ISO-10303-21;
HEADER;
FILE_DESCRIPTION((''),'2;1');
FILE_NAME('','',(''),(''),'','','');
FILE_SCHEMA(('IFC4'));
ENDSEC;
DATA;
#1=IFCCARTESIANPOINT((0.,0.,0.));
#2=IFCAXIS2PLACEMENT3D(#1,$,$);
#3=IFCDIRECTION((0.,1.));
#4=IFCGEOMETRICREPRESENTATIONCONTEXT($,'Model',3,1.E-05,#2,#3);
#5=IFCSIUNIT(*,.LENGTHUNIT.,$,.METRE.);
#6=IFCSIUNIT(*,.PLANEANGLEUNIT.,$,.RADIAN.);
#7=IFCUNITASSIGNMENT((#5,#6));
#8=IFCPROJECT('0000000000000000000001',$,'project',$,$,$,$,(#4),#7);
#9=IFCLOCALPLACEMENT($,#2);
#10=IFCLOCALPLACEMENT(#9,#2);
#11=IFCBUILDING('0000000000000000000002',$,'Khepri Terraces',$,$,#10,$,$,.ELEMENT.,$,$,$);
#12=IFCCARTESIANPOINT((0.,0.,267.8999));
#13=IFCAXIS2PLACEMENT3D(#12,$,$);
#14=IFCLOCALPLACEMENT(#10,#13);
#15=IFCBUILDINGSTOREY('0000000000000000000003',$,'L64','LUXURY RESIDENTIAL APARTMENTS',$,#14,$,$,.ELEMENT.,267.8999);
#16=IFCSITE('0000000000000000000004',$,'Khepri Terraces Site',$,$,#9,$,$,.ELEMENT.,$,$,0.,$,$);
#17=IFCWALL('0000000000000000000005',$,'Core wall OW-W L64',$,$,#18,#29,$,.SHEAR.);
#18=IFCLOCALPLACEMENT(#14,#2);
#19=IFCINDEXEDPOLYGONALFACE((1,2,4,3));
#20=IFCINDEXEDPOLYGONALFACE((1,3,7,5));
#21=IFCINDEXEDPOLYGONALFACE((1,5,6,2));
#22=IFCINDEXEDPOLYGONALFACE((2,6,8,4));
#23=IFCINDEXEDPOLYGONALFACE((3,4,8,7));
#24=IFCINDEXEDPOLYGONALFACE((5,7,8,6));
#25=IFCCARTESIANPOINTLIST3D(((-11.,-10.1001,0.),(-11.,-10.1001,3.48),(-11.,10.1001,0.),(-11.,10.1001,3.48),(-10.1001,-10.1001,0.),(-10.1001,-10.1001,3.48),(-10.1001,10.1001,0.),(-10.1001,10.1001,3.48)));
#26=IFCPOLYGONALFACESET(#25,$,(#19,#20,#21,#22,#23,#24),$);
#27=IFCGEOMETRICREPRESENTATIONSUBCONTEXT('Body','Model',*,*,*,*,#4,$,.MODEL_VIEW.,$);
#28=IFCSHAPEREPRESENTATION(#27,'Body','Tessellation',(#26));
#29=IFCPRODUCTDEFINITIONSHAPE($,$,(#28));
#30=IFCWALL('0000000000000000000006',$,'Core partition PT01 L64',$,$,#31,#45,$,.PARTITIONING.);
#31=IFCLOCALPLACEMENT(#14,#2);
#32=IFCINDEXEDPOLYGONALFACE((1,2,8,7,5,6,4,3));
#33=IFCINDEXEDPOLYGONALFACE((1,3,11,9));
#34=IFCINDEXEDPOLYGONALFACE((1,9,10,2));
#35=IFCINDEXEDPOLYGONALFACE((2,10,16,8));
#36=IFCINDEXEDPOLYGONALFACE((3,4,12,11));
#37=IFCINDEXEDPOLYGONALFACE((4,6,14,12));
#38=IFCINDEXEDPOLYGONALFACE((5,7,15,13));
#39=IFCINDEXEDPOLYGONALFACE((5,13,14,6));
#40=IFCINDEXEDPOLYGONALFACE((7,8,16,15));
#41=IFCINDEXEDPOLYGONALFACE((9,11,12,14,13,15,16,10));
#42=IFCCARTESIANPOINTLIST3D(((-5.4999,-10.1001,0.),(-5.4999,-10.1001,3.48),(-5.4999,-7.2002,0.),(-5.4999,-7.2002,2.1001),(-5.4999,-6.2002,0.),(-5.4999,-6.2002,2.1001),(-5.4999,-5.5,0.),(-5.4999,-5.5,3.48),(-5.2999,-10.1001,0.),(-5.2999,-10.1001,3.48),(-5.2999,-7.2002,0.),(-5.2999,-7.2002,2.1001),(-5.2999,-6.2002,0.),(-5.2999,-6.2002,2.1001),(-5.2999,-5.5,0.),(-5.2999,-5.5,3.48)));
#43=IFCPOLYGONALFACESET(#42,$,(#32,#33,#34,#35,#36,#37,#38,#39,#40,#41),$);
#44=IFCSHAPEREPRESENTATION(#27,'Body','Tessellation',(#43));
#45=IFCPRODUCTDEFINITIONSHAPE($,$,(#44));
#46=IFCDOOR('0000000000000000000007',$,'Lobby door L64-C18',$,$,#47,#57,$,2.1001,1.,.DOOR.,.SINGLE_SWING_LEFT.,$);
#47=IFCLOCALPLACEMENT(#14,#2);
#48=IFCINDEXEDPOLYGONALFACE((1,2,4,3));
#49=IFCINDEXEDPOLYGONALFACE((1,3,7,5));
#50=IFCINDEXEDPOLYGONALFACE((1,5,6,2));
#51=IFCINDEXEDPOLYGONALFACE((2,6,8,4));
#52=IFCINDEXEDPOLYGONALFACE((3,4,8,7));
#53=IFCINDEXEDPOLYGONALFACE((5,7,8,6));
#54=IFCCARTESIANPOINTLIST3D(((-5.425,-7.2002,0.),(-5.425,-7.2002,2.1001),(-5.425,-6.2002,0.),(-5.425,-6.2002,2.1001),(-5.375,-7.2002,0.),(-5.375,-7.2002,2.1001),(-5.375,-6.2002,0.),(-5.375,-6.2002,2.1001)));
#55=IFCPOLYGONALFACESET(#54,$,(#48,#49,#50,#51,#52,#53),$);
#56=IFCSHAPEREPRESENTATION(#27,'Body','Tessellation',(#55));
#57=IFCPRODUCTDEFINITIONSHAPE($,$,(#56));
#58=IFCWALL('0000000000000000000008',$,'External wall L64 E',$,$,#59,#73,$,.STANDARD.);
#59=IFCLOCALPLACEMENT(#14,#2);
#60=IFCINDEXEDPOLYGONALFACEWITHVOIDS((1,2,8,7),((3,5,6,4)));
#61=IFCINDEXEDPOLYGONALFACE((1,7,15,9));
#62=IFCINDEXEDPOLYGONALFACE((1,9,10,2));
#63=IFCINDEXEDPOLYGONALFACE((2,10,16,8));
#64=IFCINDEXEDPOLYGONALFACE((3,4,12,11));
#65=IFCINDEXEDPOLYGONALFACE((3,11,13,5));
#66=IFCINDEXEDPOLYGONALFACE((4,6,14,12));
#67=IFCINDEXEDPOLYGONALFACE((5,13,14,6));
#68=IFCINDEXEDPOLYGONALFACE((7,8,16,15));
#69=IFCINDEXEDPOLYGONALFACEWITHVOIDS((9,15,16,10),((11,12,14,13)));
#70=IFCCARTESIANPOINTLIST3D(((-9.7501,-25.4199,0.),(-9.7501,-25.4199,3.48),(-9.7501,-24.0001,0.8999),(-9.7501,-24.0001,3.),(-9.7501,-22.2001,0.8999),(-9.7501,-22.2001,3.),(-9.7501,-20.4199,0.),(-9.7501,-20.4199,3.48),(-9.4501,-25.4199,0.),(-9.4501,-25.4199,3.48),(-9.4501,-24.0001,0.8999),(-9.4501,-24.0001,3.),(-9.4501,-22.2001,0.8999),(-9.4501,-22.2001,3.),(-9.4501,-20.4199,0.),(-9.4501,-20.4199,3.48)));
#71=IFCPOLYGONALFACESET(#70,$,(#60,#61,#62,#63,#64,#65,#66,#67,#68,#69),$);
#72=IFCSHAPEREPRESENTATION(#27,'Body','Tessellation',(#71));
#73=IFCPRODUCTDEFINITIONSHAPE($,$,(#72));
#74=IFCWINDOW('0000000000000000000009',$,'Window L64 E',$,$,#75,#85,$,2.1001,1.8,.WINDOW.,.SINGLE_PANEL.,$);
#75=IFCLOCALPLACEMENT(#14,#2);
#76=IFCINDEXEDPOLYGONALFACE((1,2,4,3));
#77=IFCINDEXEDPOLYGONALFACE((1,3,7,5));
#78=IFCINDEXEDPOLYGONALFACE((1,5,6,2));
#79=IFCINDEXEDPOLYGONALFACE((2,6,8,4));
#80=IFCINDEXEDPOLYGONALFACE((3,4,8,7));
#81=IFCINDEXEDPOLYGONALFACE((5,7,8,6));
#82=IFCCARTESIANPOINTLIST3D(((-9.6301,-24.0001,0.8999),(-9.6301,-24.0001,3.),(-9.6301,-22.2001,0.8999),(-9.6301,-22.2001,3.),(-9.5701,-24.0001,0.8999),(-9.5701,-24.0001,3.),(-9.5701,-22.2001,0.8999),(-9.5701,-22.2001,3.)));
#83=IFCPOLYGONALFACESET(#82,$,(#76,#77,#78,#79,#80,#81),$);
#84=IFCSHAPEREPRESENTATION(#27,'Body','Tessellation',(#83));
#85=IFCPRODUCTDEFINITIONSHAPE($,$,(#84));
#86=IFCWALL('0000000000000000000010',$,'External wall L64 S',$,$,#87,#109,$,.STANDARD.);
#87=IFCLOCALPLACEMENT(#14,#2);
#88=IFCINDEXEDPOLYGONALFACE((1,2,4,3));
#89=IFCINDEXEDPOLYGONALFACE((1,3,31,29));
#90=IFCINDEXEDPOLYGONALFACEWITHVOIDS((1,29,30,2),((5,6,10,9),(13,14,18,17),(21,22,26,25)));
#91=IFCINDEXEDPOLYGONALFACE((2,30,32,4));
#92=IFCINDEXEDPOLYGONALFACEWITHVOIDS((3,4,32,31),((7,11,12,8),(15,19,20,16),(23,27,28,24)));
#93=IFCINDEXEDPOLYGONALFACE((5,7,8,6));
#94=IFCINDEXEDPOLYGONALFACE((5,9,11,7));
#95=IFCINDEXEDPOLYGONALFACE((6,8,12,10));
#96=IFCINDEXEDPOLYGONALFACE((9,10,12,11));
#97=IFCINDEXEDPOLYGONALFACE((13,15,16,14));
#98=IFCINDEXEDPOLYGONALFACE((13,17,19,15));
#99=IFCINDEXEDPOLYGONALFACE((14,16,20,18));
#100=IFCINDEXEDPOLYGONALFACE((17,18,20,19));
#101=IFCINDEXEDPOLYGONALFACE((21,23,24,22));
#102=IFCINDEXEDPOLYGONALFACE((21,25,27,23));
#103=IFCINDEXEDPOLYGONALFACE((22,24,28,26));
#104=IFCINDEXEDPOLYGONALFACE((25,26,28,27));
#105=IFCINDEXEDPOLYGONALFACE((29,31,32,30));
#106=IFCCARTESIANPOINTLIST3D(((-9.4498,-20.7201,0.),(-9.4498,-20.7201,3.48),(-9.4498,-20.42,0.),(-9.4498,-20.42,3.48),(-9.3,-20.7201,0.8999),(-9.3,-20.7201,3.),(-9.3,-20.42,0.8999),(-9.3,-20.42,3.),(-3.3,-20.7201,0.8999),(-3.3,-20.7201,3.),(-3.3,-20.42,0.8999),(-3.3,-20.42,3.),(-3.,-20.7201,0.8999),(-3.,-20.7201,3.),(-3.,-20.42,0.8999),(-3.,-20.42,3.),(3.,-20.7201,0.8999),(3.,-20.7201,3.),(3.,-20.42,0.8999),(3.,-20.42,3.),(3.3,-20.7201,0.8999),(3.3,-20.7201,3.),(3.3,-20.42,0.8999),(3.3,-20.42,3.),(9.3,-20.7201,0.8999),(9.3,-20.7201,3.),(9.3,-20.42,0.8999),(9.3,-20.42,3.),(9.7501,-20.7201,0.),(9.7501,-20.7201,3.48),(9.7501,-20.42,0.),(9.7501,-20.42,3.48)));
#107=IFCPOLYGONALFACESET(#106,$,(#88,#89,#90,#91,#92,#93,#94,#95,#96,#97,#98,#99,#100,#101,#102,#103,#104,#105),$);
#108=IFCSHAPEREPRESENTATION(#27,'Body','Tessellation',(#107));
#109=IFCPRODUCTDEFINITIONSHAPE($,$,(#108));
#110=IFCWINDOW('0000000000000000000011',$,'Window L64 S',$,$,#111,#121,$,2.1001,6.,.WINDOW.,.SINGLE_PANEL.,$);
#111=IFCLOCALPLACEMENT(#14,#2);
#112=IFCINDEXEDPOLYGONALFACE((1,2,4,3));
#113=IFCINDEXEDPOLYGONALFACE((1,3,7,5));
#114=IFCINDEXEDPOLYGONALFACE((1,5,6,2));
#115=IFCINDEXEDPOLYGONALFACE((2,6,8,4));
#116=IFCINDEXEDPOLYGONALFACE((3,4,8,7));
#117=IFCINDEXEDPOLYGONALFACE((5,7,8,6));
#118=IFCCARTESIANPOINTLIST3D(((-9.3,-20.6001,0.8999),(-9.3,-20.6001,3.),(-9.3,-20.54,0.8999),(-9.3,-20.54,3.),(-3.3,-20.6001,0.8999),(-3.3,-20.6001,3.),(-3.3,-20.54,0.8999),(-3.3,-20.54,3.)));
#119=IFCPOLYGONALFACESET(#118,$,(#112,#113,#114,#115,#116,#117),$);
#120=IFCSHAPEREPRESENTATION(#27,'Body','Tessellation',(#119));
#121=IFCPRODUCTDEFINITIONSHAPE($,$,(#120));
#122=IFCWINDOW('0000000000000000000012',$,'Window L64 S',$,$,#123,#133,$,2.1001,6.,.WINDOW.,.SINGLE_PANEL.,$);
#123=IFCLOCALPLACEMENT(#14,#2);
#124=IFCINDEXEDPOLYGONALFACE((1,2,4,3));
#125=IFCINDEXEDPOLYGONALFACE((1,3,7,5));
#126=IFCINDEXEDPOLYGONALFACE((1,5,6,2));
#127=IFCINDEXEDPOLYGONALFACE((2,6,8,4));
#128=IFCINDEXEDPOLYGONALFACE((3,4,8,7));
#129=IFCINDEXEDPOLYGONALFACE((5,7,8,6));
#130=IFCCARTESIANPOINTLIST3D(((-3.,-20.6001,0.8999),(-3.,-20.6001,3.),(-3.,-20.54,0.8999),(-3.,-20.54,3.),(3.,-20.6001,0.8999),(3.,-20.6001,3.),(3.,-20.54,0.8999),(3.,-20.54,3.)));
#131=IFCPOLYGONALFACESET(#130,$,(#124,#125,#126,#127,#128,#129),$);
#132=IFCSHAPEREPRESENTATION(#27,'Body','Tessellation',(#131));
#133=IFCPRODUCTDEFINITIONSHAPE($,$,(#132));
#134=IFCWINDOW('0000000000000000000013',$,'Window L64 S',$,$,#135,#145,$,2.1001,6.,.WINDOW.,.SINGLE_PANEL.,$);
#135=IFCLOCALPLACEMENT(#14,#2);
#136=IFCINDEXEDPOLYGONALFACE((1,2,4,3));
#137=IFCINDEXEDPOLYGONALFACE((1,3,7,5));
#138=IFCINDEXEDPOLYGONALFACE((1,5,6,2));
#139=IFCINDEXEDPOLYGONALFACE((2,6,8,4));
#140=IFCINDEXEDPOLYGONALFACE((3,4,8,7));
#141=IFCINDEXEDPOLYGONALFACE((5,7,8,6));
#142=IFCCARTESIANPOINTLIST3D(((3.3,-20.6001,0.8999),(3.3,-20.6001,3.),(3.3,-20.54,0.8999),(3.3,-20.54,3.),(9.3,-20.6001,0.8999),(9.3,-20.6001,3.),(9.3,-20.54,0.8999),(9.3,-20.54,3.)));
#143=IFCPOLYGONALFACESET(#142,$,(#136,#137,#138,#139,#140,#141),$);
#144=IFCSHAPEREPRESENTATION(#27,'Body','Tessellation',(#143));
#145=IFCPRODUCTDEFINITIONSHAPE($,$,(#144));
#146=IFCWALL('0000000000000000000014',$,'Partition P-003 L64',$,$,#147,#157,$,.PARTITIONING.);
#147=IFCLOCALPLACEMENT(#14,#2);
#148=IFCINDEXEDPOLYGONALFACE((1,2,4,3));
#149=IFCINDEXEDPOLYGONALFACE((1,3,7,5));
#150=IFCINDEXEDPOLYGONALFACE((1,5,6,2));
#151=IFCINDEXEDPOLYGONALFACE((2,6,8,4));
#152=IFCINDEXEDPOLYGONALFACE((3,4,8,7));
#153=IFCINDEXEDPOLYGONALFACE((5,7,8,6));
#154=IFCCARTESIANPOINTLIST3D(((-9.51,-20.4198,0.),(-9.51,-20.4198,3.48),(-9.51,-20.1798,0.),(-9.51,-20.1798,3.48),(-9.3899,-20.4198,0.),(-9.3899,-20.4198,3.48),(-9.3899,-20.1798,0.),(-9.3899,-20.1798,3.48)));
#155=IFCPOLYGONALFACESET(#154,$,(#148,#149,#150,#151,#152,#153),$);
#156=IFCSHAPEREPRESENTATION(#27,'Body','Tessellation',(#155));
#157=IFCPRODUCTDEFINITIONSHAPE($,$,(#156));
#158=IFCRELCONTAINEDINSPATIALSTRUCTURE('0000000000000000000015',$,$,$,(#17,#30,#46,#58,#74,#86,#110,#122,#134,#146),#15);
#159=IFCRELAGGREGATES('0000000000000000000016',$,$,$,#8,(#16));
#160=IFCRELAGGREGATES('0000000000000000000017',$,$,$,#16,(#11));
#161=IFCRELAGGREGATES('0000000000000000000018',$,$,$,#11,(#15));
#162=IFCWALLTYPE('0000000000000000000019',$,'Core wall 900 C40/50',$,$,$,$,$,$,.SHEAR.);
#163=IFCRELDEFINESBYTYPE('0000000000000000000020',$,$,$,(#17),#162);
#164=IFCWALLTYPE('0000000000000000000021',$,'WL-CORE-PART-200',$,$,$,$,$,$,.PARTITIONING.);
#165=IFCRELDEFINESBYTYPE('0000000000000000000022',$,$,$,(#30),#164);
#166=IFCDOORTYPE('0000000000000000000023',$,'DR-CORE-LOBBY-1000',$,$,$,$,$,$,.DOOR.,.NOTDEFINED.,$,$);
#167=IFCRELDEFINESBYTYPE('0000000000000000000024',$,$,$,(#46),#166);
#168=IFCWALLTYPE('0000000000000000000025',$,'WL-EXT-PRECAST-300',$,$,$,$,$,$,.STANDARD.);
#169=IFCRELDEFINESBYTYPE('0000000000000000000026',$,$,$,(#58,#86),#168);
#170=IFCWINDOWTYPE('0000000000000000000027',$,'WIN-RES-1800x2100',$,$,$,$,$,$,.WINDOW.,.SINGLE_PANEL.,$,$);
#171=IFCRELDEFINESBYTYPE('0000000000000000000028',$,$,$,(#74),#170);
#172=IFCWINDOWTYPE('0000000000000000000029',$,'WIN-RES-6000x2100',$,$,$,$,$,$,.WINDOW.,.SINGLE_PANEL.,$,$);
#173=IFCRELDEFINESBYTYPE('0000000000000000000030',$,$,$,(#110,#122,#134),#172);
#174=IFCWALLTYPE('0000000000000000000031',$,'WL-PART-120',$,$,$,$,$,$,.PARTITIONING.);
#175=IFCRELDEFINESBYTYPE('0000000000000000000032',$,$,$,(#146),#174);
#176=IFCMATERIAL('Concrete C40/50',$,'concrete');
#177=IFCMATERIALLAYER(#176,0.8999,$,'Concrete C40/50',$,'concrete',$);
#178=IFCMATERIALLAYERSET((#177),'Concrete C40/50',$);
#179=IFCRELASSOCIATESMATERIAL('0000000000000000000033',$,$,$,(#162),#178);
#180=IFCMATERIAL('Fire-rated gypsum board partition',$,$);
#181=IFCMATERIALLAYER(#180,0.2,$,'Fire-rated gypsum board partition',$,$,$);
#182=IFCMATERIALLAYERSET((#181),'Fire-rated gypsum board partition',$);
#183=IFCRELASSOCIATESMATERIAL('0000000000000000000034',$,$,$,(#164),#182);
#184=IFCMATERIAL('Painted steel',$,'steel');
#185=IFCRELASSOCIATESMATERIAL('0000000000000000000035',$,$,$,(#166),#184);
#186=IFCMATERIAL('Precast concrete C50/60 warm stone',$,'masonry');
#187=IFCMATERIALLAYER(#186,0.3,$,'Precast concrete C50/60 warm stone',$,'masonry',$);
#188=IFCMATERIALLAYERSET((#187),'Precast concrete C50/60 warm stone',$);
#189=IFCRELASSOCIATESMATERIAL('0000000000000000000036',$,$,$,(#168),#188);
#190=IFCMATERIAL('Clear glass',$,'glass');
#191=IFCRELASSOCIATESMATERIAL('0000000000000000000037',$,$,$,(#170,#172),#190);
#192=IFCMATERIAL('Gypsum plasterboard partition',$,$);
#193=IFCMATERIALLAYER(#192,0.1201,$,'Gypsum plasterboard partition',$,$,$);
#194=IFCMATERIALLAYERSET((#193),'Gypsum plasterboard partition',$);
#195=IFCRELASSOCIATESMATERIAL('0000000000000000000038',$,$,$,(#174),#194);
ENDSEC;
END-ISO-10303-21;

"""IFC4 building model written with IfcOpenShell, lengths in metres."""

from ifc_helpers import new_model, si_unit, direction, frame, frame_2d, origin, place, context, subcontext, project, spatial, rectangle, extrude, material, layer, layer_set, type_object, element, fill, save


model = new_model("IFC4")

# Units and contexts
model_context = context("Model", 3, precision=1e-05, world=origin(), true_north=direction((0.0, 1.0)))
body_context = subcontext(model_context, "Body", "Model", "MODEL_VIEW")
ifc_project = project(units=[si_unit("LENGTHUNIT", "METRE"), si_unit("PLANEANGLEUNIT", "RADIAN")], contexts=[model_context])

# Site, building, storey
site_placement = place(None, origin())
site = spatial("IfcSite", under=ifc_project, at=site_placement, Name="Khepri Terraces Site", CompositionType="ELEMENT", RefElevation=0.0)
building_placement = place(site_placement, origin())
building = spatial("IfcBuilding", under=site, at=building_placement, Name="Khepri Terraces", CompositionType="ELEMENT")
storey_placement = place(building_placement, frame((0.0, 0.0, 267.8999)))
storey = spatial("IfcBuildingStorey", under=building, at=storey_placement, Name="L64", Description="LUXURY RESIDENTIAL APARTMENTS", CompositionType="ELEMENT", Elevation=267.8999)

# Wall
ifc_material_1 = material(Name="Concrete C40/50", Category="concrete")
ifc_layer_1 = layer(ifc_material_1, 0.8999, Name="Concrete C40/50", Category="concrete")
ifc_layer_set_1 = layer_set([ifc_layer_1], Name="Concrete C40/50")
wall_type_1 = type_object("IfcWallType", Name="Core wall 900 C40/50", PredefinedType="SHEAR", material=ifc_layer_set_1)
wall_1_placement = place(storey_placement, frame((-10.55, -10.1001, 0.0), z_axis=(0.0, 0.0, 1.0), x_axis=(0.0, 1.0, 0.0)))
element("IfcWall", 1, at=wall_1_placement, inside=storey, type_object=wall_type_1, Name="Core wall OW-W L64", PredefinedType="SHEAR", context=body_context, shape_type="SweptSolid", body=[
    extrude(rectangle(XDim=20.2002, YDim=0.8999, at=frame_2d((10.1001, 0.0))), origin(), (0.0, 0.0, 1.0), 3.48),
])

# Wall, opening, door
ifc_material_2 = material(Name="Fire-rated gypsum board partition")
ifc_layer_2 = layer(ifc_material_2, 0.2, Name="Fire-rated gypsum board partition")
ifc_layer_set_2 = layer_set([ifc_layer_2], Name="Fire-rated gypsum board partition")
wall_type_2 = type_object("IfcWallType", Name="WL-CORE-PART-200", PredefinedType="PARTITIONING", material=ifc_layer_set_2)
wall_2_placement = place(storey_placement, frame((-5.3999, -10.1001, 0.0), z_axis=(0.0, 0.0, 1.0), x_axis=(0.0, 1.0, 0.0)))
wall_2 = element("IfcWall", 2, at=wall_2_placement, inside=storey, type_object=wall_type_2, Name="Core partition PT01 L64", PredefinedType="PARTITIONING", context=body_context, shape_type="SweptSolid", body=[
    extrude(rectangle(XDim=4.6001, YDim=0.2, at=frame_2d((2.3, 0.0))), origin(), (0.0, 0.0, 1.0), 3.48),
])
opening_1_placement = place(wall_2_placement, frame((2.8999, 0.0, 0.0)))
opening_1 = element("IfcOpeningElement", 3, at=opening_1_placement, cuts=wall_2, PredefinedType="OPENING", context=body_context, shape_type="SweptSolid", body=[
    extrude(rectangle(XDim=1.0, YDim=2.1001, at=frame_2d((0.5, 1.05))), frame((0.0, 0.1099, 0.0), z_axis=(0.0, -1.0, 0.0), x_axis=(1.0, 0.0, 0.0)), (0.0, 0.0, 1.0), 0.22),
])
ifc_material_3 = material(Name="Painted steel", Category="steel")
door_type_1 = type_object("IfcDoorType", Name="DR-CORE-LOBBY-1000", OperationType="NOTDEFINED", PredefinedType="DOOR", material=ifc_material_3)
door_1_placement = place(opening_1_placement, frame((1.0, 0.0, 0.0), z_axis=(0.0, 0.0, 1.0), x_axis=(-1.0, 0.0, 0.0)))
door_1 = element("IfcDoor", 4, at=door_1_placement, inside=storey, type_object=door_type_1, Name="Lobby door L64-C18", OperationType="SINGLE_SWING_LEFT", OverallHeight=2.1001, OverallWidth=1.0, PredefinedType="DOOR", context=body_context, shape_type="SweptSolid", body=[
    extrude(rectangle(XDim=1.0, YDim=2.1001, at=frame_2d((0.5, 1.05))), frame((0.0, 0.0249, 0.0), z_axis=(0.0, -1.0, 0.0), x_axis=(1.0, 0.0, 0.0)), (0.0, 0.0, 1.0), 0.05),
])
fill(opening_1, door_1)

# Wall, opening, window
ifc_material_4 = material(Name="Precast concrete C50/60 warm stone", Category="masonry")
ifc_layer_3 = layer(ifc_material_4, 0.3, Name="Precast concrete C50/60 warm stone", Category="masonry")
ifc_layer_set_3 = layer_set([ifc_layer_3], Name="Precast concrete C50/60 warm stone")
wall_type_3 = type_object("IfcWallType", Name="WL-EXT-PRECAST-300", PredefinedType="STANDARD", material=ifc_layer_set_3)
wall_3_placement = place(storey_placement, frame((-9.6001, -25.4199, 0.0), z_axis=(0.0, 0.0, 1.0), x_axis=(0.0, 1.0, 0.0)))
wall_3 = element("IfcWall", 5, at=wall_3_placement, inside=storey, type_object=wall_type_3, Name="External wall L64 E", PredefinedType="STANDARD", context=body_context, shape_type="SweptSolid", body=[
    extrude(rectangle(XDim=5.0, YDim=0.3, at=frame_2d((2.5, 0.0))), origin(), (0.0, 0.0, 1.0), 3.48),
])
opening_2_placement = place(wall_3_placement, frame((1.4199, 0.0, 0.8999)))
opening_2 = element("IfcOpeningElement", 6, at=opening_2_placement, cuts=wall_3, PredefinedType="OPENING", context=body_context, shape_type="SweptSolid", body=[
    extrude(rectangle(XDim=1.8, YDim=2.1001, at=frame_2d((0.8999, 1.05))), frame((0.0, 0.1602, 0.0), z_axis=(0.0, -1.0, 0.0), x_axis=(1.0, 0.0, 0.0)), (0.0, 0.0, 1.0), 0.3201),
])
ifc_material_5 = material(Name="Clear glass", Category="glass")
window_type_1 = type_object("IfcWindowType", Name="WIN-RES-1800x2100", PartitioningType="SINGLE_PANEL", PredefinedType="WINDOW", material=ifc_material_5)
window_1_placement = place(opening_2_placement, origin())
window_1 = element("IfcWindow", 7, at=window_1_placement, inside=storey, type_object=window_type_1, Name="Window L64 E", OverallHeight=2.1001, OverallWidth=1.8, PartitioningType="SINGLE_PANEL", PredefinedType="WINDOW", context=body_context, shape_type="SweptSolid", body=[
    extrude(rectangle(XDim=1.8, YDim=2.1001, at=frame_2d((0.8999, 1.05))), frame((0.0, 0.03, 0.0), z_axis=(0.0, -1.0, 0.0), x_axis=(1.0, 0.0, 0.0)), (0.0, 0.0, 1.0), 0.0601),
])
fill(opening_2, window_1)

# Wall, openings, windows
wall_4_placement = place(storey_placement, frame((-9.45, -20.5701, 0.0), z_axis=(0.0, 0.0, 1.0), x_axis=(1.0, 0.0, 0.0)))
wall_4 = element("IfcWall", 8, at=wall_4_placement, inside=storey, type_object=wall_type_3, Name="External wall L64 S", PredefinedType="STANDARD", context=body_context, shape_type="SweptSolid", body=[
    extrude(rectangle(XDim=19.2, YDim=0.3, at=frame_2d((9.6001, 0.0))), origin(), (0.0, 0.0, 1.0), 3.48),
])
opening_3_placement = place(wall_4_placement, frame((0.1499, 0.0, 0.8999)))
opening_3 = element("IfcOpeningElement", 9, at=opening_3_placement, cuts=wall_4, PredefinedType="OPENING", context=body_context, shape_type="SweptSolid", body=[
    extrude(rectangle(XDim=6.0, YDim=2.1001, at=frame_2d((3.0, 1.05))), frame((0.0, 0.1602, 0.0), z_axis=(0.0, -1.0, 0.0), x_axis=(1.0, 0.0, 0.0)), (0.0, 0.0, 1.0), 0.3201),
])
opening_4_placement = place(wall_4_placement, frame((6.45, 0.0, 0.8999)))
opening_4 = element("IfcOpeningElement", 10, at=opening_4_placement, cuts=wall_4, PredefinedType="OPENING", context=body_context, shape_type="SweptSolid", body=[
    extrude(rectangle(XDim=6.0, YDim=2.1001, at=frame_2d((3.0, 1.05))), frame((0.0, 0.1602, 0.0), z_axis=(0.0, -1.0, 0.0), x_axis=(1.0, 0.0, 0.0)), (0.0, 0.0, 1.0), 0.3201),
])
opening_5_placement = place(wall_4_placement, frame((12.75, 0.0, 0.8999)))
opening_5 = element("IfcOpeningElement", 11, at=opening_5_placement, cuts=wall_4, PredefinedType="OPENING", context=body_context, shape_type="SweptSolid", body=[
    extrude(rectangle(XDim=6.0, YDim=2.1001, at=frame_2d((3.0, 1.05))), frame((0.0, 0.1602, 0.0), z_axis=(0.0, -1.0, 0.0), x_axis=(1.0, 0.0, 0.0)), (0.0, 0.0, 1.0), 0.3201),
])
window_type_2 = type_object("IfcWindowType", Name="WIN-RES-6000x2100", PartitioningType="SINGLE_PANEL", PredefinedType="WINDOW", material=ifc_material_5)
window_2_placement = place(opening_3_placement, origin())
window_2 = element("IfcWindow", 12, at=window_2_placement, inside=storey, type_object=window_type_2, Name="Window L64 S", OverallHeight=2.1001, OverallWidth=6.0, PartitioningType="SINGLE_PANEL", PredefinedType="WINDOW", context=body_context, shape_type="SweptSolid", body=[
    extrude(rectangle(XDim=6.0, YDim=2.1001, at=frame_2d((3.0, 1.05))), frame((0.0, 0.03, 0.0), z_axis=(0.0, -1.0, 0.0), x_axis=(1.0, 0.0, 0.0)), (0.0, 0.0, 1.0), 0.0601),
])
fill(opening_3, window_2)
window_3_placement = place(opening_4_placement, origin())
window_3 = element("IfcWindow", 13, at=window_3_placement, inside=storey, type_object=window_type_2, Name="Window L64 S", OverallHeight=2.1001, OverallWidth=6.0, PartitioningType="SINGLE_PANEL", PredefinedType="WINDOW", context=body_context, shape_type="SweptSolid", body=[
    extrude(rectangle(XDim=6.0, YDim=2.1001, at=frame_2d((3.0, 1.05))), frame((0.0, 0.03, 0.0), z_axis=(0.0, -1.0, 0.0), x_axis=(1.0, 0.0, 0.0)), (0.0, 0.0, 1.0), 0.0601),
])
fill(opening_4, window_3)
window_4_placement = place(opening_5_placement, origin())
window_4 = element("IfcWindow", 14, at=window_4_placement, inside=storey, type_object=window_type_2, Name="Window L64 S", OverallHeight=2.1001, OverallWidth=6.0, PartitioningType="SINGLE_PANEL", PredefinedType="WINDOW", context=body_context, shape_type="SweptSolid", body=[
    extrude(rectangle(XDim=6.0, YDim=2.1001, at=frame_2d((3.0, 1.05))), frame((0.0, 0.03, 0.0), z_axis=(0.0, -1.0, 0.0), x_axis=(1.0, 0.0, 0.0)), (0.0, 0.0, 1.0), 0.0601),
])
fill(opening_5, window_4)

# Wall
ifc_material_6 = material(Name="Gypsum plasterboard partition")
ifc_layer_4 = layer(ifc_material_6, 0.1201, Name="Gypsum plasterboard partition")
ifc_layer_set_4 = layer_set([ifc_layer_4], Name="Gypsum plasterboard partition")
wall_type_4 = type_object("IfcWallType", Name="WL-PART-120", PredefinedType="PARTITIONING", material=ifc_layer_set_4)
wall_5_placement = place(storey_placement, frame((-9.45, -20.4199, 0.0), z_axis=(0.0, 0.0, 1.0), x_axis=(0.0, 1.0, 0.0)))
element("IfcWall", 15, at=wall_5_placement, inside=storey, type_object=wall_type_4, Name="Partition P-003 L64", PredefinedType="PARTITIONING", context=body_context, shape_type="SweptSolid", body=[
    extrude(rectangle(XDim=0.24, YDim=0.1201, at=frame_2d((0.1201, 0.0))), origin(), (0.0, 0.0, 1.0), 3.48),
])

save(model, "model.ifc")
